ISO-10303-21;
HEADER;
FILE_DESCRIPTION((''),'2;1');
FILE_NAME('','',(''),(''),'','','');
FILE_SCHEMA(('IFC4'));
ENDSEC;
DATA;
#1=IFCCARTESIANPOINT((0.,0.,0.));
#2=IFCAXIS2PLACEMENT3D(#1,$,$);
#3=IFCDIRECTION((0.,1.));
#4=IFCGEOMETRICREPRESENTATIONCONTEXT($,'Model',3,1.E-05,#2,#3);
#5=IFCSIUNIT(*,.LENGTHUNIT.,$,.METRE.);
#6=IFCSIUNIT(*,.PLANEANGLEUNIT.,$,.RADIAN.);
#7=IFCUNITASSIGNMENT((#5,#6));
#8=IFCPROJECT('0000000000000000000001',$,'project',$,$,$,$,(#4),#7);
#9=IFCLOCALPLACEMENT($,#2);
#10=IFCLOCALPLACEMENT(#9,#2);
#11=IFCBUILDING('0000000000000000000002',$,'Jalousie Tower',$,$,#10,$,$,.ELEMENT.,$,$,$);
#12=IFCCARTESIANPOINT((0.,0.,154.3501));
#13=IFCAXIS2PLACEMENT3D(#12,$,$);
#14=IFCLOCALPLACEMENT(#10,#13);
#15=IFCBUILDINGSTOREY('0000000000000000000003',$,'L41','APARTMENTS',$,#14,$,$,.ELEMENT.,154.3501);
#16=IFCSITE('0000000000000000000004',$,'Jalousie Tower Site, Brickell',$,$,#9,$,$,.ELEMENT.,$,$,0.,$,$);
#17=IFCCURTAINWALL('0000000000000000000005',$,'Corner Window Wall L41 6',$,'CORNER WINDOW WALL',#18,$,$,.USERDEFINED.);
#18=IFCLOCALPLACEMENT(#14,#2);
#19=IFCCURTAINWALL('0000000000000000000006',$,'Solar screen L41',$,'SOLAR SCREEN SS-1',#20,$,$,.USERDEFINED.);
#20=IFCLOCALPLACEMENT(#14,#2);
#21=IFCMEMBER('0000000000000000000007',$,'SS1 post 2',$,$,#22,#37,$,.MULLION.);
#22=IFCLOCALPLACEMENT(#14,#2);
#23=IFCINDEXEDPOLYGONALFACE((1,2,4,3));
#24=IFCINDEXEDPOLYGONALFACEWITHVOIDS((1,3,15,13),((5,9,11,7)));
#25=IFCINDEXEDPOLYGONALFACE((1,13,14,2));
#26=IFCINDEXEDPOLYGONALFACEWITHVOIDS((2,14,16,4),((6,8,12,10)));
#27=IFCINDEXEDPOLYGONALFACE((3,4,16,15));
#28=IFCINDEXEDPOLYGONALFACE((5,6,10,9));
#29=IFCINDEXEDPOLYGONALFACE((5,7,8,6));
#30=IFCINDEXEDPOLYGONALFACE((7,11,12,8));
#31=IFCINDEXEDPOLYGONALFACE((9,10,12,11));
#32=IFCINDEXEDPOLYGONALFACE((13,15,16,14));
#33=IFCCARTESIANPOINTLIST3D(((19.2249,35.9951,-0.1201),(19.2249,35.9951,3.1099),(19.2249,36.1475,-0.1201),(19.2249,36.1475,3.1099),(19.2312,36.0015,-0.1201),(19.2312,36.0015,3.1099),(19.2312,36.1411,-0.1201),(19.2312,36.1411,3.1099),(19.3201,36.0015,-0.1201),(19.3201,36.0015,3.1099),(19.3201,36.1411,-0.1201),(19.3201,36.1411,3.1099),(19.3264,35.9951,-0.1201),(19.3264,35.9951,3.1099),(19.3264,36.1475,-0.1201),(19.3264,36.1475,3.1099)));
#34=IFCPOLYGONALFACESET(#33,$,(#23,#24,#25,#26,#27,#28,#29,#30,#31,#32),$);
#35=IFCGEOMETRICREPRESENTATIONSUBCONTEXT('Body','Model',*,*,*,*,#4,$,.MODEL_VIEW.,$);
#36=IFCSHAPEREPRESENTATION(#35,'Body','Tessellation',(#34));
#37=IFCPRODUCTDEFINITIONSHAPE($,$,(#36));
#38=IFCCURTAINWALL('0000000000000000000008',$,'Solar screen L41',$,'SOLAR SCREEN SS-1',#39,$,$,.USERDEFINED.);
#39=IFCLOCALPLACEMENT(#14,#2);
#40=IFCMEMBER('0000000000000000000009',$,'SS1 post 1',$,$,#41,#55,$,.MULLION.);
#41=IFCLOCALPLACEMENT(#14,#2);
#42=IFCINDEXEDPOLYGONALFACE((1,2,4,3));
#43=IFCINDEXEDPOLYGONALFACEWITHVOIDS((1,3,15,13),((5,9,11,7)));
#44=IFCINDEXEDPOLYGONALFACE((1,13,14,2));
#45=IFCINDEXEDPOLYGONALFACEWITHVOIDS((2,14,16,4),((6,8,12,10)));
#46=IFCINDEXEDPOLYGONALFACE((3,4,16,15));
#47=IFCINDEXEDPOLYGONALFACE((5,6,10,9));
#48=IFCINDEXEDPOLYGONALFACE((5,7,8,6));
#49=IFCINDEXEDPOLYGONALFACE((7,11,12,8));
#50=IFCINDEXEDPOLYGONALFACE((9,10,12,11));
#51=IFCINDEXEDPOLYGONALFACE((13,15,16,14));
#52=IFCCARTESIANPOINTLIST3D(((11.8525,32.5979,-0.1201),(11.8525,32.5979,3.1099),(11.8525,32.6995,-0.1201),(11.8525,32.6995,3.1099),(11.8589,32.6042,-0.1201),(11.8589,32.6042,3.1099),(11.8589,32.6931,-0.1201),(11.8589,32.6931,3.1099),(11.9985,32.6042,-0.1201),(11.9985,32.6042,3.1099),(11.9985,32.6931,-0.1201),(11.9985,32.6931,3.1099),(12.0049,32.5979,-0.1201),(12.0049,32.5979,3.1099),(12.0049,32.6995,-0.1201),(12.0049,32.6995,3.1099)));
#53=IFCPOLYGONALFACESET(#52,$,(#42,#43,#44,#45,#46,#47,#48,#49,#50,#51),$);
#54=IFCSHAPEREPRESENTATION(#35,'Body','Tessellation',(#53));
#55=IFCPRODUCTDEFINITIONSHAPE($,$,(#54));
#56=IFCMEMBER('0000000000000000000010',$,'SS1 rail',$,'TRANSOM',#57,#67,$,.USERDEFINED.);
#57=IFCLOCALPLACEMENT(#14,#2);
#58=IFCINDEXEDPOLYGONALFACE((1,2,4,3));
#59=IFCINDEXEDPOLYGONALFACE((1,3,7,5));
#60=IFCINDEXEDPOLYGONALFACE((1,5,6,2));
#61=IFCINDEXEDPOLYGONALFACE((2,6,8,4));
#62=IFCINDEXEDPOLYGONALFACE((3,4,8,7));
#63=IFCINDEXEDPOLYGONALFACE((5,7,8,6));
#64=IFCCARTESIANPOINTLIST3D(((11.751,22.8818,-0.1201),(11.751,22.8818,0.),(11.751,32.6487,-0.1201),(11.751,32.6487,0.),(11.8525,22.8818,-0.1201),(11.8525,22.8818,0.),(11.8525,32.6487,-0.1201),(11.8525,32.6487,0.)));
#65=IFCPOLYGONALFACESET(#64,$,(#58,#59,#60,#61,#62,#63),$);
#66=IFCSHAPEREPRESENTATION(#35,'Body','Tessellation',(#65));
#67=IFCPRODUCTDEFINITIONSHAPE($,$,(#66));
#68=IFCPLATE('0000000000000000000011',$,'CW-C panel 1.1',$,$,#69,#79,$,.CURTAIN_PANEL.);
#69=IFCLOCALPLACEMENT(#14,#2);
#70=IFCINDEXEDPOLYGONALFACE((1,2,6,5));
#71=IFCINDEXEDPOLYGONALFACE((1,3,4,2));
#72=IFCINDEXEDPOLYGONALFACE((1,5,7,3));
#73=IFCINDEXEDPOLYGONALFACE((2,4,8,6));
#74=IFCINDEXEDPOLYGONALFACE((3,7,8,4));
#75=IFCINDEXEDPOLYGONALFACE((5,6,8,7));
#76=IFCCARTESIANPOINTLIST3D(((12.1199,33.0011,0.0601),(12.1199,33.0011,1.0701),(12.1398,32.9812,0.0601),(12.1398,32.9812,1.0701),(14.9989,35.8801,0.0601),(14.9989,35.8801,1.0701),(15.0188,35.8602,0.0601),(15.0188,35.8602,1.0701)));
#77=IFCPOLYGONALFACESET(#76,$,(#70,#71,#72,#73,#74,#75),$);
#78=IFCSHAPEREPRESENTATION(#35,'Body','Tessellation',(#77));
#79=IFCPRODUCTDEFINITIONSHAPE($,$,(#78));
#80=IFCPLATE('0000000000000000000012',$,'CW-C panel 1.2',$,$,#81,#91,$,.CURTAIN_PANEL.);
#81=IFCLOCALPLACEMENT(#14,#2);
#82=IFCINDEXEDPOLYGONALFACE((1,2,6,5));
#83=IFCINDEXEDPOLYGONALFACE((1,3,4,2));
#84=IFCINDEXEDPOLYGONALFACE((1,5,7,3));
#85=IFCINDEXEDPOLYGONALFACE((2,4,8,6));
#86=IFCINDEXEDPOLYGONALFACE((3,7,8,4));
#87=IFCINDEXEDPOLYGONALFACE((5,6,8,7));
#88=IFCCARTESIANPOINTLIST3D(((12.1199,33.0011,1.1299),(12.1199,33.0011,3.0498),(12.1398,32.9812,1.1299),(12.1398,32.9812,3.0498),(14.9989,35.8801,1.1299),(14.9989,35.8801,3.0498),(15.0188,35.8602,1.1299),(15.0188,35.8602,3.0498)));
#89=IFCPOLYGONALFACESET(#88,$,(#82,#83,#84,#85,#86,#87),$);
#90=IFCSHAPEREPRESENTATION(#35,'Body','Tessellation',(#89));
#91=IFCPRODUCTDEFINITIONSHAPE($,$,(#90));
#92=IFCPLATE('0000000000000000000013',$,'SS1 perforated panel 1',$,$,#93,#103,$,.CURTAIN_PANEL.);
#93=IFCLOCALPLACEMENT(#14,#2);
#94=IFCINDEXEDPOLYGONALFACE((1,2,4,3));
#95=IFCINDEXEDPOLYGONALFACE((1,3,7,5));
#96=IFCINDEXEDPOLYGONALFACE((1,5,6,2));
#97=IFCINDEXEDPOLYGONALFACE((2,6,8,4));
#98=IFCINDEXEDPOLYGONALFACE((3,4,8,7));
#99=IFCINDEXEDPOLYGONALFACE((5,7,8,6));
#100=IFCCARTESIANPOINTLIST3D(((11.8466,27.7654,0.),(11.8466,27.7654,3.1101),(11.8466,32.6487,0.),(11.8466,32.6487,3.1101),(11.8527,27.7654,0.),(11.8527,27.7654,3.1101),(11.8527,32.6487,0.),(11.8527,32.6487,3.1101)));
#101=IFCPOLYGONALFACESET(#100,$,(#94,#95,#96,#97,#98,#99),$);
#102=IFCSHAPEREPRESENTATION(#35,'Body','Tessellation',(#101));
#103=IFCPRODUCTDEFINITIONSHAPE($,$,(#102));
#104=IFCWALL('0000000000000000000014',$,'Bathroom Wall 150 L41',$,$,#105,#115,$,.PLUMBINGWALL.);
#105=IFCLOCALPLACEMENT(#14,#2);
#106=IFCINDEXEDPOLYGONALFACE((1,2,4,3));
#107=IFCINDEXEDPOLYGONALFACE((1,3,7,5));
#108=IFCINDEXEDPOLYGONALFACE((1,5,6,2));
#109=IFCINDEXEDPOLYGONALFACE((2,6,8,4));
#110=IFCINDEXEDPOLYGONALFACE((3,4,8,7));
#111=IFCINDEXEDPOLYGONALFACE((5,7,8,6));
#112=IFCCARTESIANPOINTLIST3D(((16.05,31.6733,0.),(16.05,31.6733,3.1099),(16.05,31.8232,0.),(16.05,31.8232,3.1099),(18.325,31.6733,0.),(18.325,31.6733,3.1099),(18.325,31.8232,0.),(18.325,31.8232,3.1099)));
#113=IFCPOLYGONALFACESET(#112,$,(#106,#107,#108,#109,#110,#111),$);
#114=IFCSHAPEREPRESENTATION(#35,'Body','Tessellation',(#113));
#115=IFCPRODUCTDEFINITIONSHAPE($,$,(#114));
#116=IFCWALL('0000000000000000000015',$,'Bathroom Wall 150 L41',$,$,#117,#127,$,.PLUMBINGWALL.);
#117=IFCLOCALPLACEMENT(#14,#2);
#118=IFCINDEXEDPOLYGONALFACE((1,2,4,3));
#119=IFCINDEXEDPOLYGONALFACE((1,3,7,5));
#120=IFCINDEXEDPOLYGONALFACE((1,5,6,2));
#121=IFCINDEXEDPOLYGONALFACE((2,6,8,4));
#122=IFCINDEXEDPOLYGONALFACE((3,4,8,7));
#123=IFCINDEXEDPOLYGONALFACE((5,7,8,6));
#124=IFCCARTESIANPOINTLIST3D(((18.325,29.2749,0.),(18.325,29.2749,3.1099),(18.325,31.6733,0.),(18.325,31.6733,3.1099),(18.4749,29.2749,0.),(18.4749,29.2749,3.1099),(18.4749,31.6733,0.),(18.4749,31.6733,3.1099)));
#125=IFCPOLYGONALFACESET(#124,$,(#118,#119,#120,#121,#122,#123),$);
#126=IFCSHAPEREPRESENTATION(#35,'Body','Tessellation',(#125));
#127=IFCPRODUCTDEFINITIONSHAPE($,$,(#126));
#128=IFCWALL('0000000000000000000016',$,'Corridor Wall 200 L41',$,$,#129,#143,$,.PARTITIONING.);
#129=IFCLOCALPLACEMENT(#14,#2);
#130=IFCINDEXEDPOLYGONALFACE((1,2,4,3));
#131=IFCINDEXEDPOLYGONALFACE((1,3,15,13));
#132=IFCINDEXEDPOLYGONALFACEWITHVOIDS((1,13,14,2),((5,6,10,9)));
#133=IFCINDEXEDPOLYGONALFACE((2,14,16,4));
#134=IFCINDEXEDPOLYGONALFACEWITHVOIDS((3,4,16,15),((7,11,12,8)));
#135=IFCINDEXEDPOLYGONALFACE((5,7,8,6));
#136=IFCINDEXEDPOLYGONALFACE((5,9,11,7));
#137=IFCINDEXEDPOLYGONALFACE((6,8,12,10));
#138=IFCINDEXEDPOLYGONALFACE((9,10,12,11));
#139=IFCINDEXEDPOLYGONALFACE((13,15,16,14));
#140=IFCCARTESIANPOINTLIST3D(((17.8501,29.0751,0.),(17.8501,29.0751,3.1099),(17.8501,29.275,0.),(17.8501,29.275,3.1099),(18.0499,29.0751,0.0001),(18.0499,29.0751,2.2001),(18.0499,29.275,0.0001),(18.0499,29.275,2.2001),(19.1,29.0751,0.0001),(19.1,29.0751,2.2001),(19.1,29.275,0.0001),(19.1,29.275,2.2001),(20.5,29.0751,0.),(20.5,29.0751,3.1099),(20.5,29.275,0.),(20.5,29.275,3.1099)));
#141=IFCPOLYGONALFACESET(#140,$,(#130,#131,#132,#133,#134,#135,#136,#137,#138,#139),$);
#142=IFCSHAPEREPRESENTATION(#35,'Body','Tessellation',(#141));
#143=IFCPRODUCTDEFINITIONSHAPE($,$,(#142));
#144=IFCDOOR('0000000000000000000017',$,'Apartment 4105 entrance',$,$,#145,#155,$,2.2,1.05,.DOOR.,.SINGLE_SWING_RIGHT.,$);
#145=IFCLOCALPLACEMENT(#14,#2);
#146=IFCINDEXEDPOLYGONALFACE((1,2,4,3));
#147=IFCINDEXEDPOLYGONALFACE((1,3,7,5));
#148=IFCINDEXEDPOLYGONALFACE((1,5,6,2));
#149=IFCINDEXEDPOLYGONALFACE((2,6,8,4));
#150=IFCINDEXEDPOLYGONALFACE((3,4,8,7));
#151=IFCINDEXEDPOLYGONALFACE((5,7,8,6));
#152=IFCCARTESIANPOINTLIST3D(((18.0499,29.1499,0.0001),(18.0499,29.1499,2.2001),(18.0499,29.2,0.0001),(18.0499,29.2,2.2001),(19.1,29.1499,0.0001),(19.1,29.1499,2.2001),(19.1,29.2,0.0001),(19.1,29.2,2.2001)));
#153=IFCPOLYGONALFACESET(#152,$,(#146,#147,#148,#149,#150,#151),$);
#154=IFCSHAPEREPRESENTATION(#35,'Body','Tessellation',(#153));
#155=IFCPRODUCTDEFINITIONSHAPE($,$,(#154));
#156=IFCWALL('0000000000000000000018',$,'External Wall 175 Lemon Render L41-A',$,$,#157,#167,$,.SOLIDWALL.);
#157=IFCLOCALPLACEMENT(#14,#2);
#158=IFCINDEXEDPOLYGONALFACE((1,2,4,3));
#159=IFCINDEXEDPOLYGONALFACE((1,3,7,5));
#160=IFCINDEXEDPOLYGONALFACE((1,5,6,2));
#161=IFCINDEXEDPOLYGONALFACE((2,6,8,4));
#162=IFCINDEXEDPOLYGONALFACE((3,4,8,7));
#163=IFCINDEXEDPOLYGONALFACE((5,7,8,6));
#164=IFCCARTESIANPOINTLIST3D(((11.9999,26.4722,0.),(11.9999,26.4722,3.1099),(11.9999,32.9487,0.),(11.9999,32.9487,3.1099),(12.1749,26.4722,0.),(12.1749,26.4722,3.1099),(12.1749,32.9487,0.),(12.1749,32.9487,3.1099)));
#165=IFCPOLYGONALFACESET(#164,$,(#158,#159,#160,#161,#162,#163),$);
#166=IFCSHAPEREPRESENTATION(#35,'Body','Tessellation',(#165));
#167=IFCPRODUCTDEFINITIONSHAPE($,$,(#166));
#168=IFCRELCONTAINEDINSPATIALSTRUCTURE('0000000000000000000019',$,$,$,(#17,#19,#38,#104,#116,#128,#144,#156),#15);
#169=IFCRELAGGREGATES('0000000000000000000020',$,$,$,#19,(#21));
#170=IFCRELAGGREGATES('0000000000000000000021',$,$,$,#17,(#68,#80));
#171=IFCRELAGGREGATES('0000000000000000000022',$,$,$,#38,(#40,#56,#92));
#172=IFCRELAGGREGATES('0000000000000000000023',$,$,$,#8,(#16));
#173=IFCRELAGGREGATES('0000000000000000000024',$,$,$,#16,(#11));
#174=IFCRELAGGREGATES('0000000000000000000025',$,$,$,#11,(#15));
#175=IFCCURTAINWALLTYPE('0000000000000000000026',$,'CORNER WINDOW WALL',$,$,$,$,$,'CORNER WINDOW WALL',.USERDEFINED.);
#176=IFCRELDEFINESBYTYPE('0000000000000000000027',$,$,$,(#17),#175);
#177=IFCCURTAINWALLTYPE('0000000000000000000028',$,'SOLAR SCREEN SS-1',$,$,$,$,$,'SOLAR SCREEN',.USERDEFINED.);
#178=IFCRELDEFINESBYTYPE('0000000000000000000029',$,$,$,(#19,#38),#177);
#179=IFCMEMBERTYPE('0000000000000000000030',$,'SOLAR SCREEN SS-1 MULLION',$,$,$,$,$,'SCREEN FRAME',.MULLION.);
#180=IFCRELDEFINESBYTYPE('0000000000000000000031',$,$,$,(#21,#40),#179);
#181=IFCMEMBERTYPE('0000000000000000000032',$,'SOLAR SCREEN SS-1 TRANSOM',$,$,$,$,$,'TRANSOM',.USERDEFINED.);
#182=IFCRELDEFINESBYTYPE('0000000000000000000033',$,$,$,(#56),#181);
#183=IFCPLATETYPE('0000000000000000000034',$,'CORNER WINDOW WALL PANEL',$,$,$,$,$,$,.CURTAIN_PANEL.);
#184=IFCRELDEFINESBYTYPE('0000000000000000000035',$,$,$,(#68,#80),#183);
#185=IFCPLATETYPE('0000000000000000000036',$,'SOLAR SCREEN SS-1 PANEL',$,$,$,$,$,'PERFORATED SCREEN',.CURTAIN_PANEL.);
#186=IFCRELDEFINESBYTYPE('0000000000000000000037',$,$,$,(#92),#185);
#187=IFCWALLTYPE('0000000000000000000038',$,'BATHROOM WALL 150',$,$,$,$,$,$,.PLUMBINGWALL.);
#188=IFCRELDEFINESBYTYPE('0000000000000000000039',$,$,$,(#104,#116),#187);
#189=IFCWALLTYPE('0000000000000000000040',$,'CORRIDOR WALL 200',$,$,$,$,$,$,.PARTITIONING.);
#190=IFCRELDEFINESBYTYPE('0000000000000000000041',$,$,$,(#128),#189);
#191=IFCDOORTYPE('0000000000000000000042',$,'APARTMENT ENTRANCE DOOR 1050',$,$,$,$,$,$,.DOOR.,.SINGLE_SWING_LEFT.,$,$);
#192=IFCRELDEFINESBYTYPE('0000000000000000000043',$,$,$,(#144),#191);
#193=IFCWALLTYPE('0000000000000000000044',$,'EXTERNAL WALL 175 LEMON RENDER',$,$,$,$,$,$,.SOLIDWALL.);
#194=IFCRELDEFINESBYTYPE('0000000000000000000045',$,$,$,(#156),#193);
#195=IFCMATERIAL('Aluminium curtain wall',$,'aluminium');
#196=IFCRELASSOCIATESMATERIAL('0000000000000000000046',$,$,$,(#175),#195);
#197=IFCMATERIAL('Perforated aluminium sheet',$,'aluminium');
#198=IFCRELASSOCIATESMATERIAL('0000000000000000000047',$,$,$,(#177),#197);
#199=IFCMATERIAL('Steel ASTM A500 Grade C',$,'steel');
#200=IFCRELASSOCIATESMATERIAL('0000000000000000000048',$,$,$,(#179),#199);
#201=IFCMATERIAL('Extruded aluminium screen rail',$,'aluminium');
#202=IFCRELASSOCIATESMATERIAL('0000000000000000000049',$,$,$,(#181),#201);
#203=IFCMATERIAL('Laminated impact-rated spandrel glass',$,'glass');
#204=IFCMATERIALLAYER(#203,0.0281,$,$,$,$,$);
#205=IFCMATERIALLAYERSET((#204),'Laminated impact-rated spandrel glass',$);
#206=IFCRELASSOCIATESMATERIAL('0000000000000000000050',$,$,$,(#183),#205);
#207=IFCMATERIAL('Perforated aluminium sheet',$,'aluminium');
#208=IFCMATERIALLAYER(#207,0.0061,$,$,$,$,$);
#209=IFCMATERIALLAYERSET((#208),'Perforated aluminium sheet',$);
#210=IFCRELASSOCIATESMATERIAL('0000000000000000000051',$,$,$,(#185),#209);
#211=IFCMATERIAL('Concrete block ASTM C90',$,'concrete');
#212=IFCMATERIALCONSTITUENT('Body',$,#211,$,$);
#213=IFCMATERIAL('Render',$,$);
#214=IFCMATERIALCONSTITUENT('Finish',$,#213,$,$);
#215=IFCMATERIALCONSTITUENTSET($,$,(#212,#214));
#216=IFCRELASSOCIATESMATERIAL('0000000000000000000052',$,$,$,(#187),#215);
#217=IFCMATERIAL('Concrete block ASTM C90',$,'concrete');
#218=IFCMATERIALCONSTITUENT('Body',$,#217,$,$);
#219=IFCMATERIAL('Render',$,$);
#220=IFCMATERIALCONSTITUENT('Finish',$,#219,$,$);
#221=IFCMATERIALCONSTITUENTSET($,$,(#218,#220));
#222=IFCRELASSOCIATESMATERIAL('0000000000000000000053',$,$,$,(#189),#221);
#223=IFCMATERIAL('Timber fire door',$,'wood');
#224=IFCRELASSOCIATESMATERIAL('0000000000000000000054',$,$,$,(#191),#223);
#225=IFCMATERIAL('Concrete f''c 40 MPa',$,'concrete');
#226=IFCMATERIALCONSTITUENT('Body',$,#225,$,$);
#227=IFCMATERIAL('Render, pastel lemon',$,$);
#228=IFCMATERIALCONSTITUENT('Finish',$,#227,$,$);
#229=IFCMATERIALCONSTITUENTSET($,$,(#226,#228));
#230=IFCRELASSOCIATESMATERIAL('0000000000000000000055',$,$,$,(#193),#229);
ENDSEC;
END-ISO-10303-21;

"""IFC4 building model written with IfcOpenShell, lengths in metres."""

from ifc_helpers import new_model, si_unit, direction, frame, frame_2d, origin, origin_2d, place, context, subcontext, project, spatial, rectangle, hollow_rectangle, extrude, material, layer, layer_set, constituent, constituent_set, material_profile, profile_set, type_object, element, fill, aggregate, save


model = new_model("IFC4")

# Units and contexts
model_context = context("Model", 3, precision=1e-05, world=origin(), true_north=direction((0.0, 1.0)))
body_context = subcontext(model_context, "Body", "Model", "MODEL_VIEW")
ifc_project = project(units=[si_unit("LENGTHUNIT", "METRE"), si_unit("PLANEANGLEUNIT", "RADIAN")], contexts=[model_context])

# Site, building, storey
site_placement = place(None, origin())
site = spatial("IfcSite", under=ifc_project, at=site_placement, Name="Jalousie Tower Site, Brickell", CompositionType="ELEMENT", RefElevation=0.0)
building_placement = place(site_placement, origin())
building = spatial("IfcBuilding", under=site, at=building_placement, Name="Jalousie Tower", CompositionType="ELEMENT")
storey_placement = place(building_placement, frame((0.0, 0.0, 154.3501)))
storey = spatial("IfcBuildingStorey", under=building, at=storey_placement, Name="L41", Description="APARTMENTS", CompositionType="ELEMENT", Elevation=154.3501)

# Curtain wall
ifc_material_1 = material(Name="Aluminium curtain wall", Category="aluminium")
curtain_wall_type_1 = type_object("IfcCurtainWallType", Name="CORNER WINDOW WALL", ElementType="CORNER WINDOW WALL", PredefinedType="USERDEFINED", material=ifc_material_1)
curtain_wall_1_placement = place(storey_placement, origin())
curtain_wall_1 = element("IfcCurtainWall", 1, at=curtain_wall_1_placement, inside=storey, type_object=curtain_wall_type_1, Name="Corner Window Wall L41 6", ObjectType="CORNER WINDOW WALL", PredefinedType="USERDEFINED")

# Curtain wall, member
ifc_material_2 = material(Name="Perforated aluminium sheet", Category="aluminium")
curtain_wall_type_2 = type_object("IfcCurtainWallType", Name="SOLAR SCREEN SS-1", ElementType="SOLAR SCREEN", PredefinedType="USERDEFINED", material=ifc_material_2)
curtain_wall_2_placement = place(storey_placement, origin())
curtain_wall_2 = element("IfcCurtainWall", 2, at=curtain_wall_2_placement, inside=storey, type_object=curtain_wall_type_2, Name="Solar screen L41", ObjectType="SOLAR SCREEN SS-1", PredefinedType="USERDEFINED")
ifc_material_3 = material(Name="Steel ASTM A500 Grade C", Category="steel")
ifc_material_profile_1 = material_profile(ifc_material_3, hollow_rectangle(XDim=0.1016, YDim=0.1523, WallThickness=0.0063, at=origin_2d()), Name="HSS6X4X1/4")
ifc_profile_set_1 = profile_set([ifc_material_profile_1], Name="Steel ASTM A500 Grade C")
member_type_1 = type_object("IfcMemberType", Name="SOLAR SCREEN SS-1 MULLION", ElementType="SCREEN FRAME", PredefinedType="MULLION", material=ifc_profile_set_1)
member_1_placement = place(storey_placement, frame((19.2756, 36.0713, -0.1201), z_axis=(0.0, 0.0, 1.0), x_axis=(-1.0, 0.0, 0.0)))
member_1 = element("IfcMember", 3, at=member_1_placement, type_object=member_type_1, Name="SS1 post 2", PredefinedType="MULLION", context=body_context, shape_type="SweptSolid", body=[
    extrude(hollow_rectangle(XDim=0.1016, YDim=0.1523, WallThickness=0.0063, at=origin_2d()), origin(), (0.0, 0.0, 1.0), 3.23),
])
aggregate(curtain_wall_2, [member_1])

# Curtain wall, members
curtain_wall_3_placement = place(storey_placement, origin())
curtain_wall_3 = element("IfcCurtainWall", 4, at=curtain_wall_3_placement, inside=storey, type_object=curtain_wall_type_2, Name="Solar screen L41", ObjectType="SOLAR SCREEN SS-1", PredefinedType="USERDEFINED")
member_2_placement = place(storey_placement, frame((11.9287, 32.6487, -0.1201), z_axis=(0.0, 0.0, 1.0), x_axis=(0.0, -1.0, 0.0)))
member_2 = element("IfcMember", 5, at=member_2_placement, type_object=member_type_1, Name="SS1 post 1", PredefinedType="MULLION", context=body_context, shape_type="SweptSolid", body=[
    extrude(hollow_rectangle(XDim=0.1016, YDim=0.1523, WallThickness=0.0063, at=origin_2d()), origin(), (0.0, 0.0, 1.0), 3.23),
])
ifc_material_4 = material(Name="Extruded aluminium screen rail", Category="aluminium")
ifc_material_profile_2 = material_profile(ifc_material_4, rectangle(XDim=0.1016, YDim=0.1201, at=origin_2d()), Name="RAIL 102x120")
ifc_profile_set_2 = profile_set([ifc_material_profile_2], Name="Extruded aluminium screen rail")
member_type_2 = type_object("IfcMemberType", Name="SOLAR SCREEN SS-1 TRANSOM", ElementType="TRANSOM", PredefinedType="USERDEFINED", material=ifc_profile_set_2)
member_3_placement = place(storey_placement, frame((11.8018, 32.6487, -0.0601), z_axis=(0.0, -1.0, 0.0), x_axis=(1.0, 0.0, 0.0)))
member_3 = element("IfcMember", 6, at=member_3_placement, type_object=member_type_2, Name="SS1 rail", ObjectType="TRANSOM", PredefinedType="USERDEFINED", context=body_context, shape_type="SweptSolid", body=[
    extrude(rectangle(XDim=0.1016, YDim=0.1201, at=origin_2d()), origin(), (0.0, 0.0, 1.0), 9.7668),
])

# Plates
ifc_material_5 = material(Name="Laminated impact-rated spandrel glass", Category="glass")
ifc_layer_1 = layer(ifc_material_5, 0.0281)
ifc_layer_set_1 = layer_set([ifc_layer_1], Name="Laminated impact-rated spandrel glass")
plate_type_1 = type_object("IfcPlateType", Name="CORNER WINDOW WALL PANEL", PredefinedType="CURTAIN_PANEL", material=ifc_layer_set_1)
plate_1_placement = place(storey_placement, frame((13.5693, 34.4307, 0.0601), z_axis=(0.0, 0.0, 1.0), x_axis=(-0.707107, -0.707107, 0.0)))
plate_1 = element("IfcPlate", 7, at=plate_1_placement, type_object=plate_type_1, Name="CW-C panel 1.1", PredefinedType="CURTAIN_PANEL", context=body_context, shape_type="SweptSolid", body=[
    extrude(rectangle(XDim=4.0715, YDim=0.0281, at=origin_2d()), origin(), (0.0, 0.0, 1.0), 1.01),
])
plate_2_placement = place(storey_placement, frame((13.5693, 34.4307, 1.1299), z_axis=(0.0, 0.0, 1.0), x_axis=(-0.707107, -0.707107, 0.0)))
plate_2 = element("IfcPlate", 8, at=plate_2_placement, type_object=plate_type_1, Name="CW-C panel 1.2", PredefinedType="CURTAIN_PANEL", context=body_context, shape_type="SweptSolid", body=[
    extrude(rectangle(XDim=4.0715, YDim=0.0281, at=origin_2d()), origin(), (0.0, 0.0, 1.0), 1.9199),
])
aggregate(curtain_wall_1, [plate_1, plate_2])
ifc_material_6 = material(Name="Perforated aluminium sheet", Category="aluminium")
ifc_layer_2 = layer(ifc_material_6, 0.0061)
ifc_layer_set_2 = layer_set([ifc_layer_2], Name="Perforated aluminium sheet")
plate_type_2 = type_object("IfcPlateType", Name="SOLAR SCREEN SS-1 PANEL", ElementType="PERFORATED SCREEN", PredefinedType="CURTAIN_PANEL", material=ifc_layer_set_2)
plate_3_placement = place(storey_placement, frame((11.8496, 30.207, 0.0), z_axis=(0.0, 0.0, 1.0), x_axis=(0.0, -1.0, 0.0)))
plate_3 = element("IfcPlate", 9, at=plate_3_placement, type_object=plate_type_2, Name="SS1 perforated panel 1", PredefinedType="CURTAIN_PANEL", context=body_context, shape_type="SweptSolid", body=[
    extrude(rectangle(XDim=4.8833, YDim=0.0061, at=origin_2d()), origin(), (0.0, 0.0, 1.0), 3.1101),
])
aggregate(curtain_wall_3, [member_2, member_3, plate_3])

# Walls
ifc_material_7 = material(Name="Concrete block ASTM C90", Category="concrete")
ifc_constituent_1 = constituent(ifc_material_7, Name="Body")
ifc_material_8 = material(Name="Render")
ifc_constituent_2 = constituent(ifc_material_8, Name="Finish")
ifc_constituent_set_1 = constituent_set(constituents=[ifc_constituent_1, ifc_constituent_2])
wall_type_1 = type_object("IfcWallType", Name="BATHROOM WALL 150", PredefinedType="PLUMBINGWALL", material=ifc_constituent_set_1)
wall_1_placement = place(storey_placement, frame((18.325, 31.7483, 0.0), z_axis=(0.0, 0.0, 1.0), x_axis=(-1.0, 0.0, 0.0)))
element("IfcWall", 10, at=wall_1_placement, inside=storey, type_object=wall_type_1, Name="Bathroom Wall 150 L41", PredefinedType="PLUMBINGWALL", context=body_context, shape_type="SweptSolid", body=[
    extrude(rectangle(XDim=2.2749, YDim=0.1499, at=frame_2d((1.1375, 0.0))), origin(), (0.0, 0.0, 1.0), 3.1099),
])
wall_2_placement = place(storey_placement, frame((18.3999, 31.6733, 0.0), z_axis=(0.0, 0.0, 1.0), x_axis=(0.0, -1.0, 0.0)))
element("IfcWall", 11, at=wall_2_placement, inside=storey, type_object=wall_type_1, Name="Bathroom Wall 150 L41", PredefinedType="PLUMBINGWALL", context=body_context, shape_type="SweptSolid", body=[
    extrude(rectangle(XDim=2.3984, YDim=0.1499, at=frame_2d((1.1992, 0.0))), origin(), (0.0, 0.0, 1.0), 3.1099),
])

# Wall, opening, door
ifc_material_9 = material(Name="Concrete block ASTM C90", Category="concrete")
ifc_constituent_3 = constituent(ifc_material_9, Name="Body")
ifc_material_10 = material(Name="Render")
ifc_constituent_4 = constituent(ifc_material_10, Name="Finish")
ifc_constituent_set_2 = constituent_set(constituents=[ifc_constituent_3, ifc_constituent_4])
wall_type_2 = type_object("IfcWallType", Name="CORRIDOR WALL 200", PredefinedType="PARTITIONING", material=ifc_constituent_set_2)
wall_3_placement = place(storey_placement, frame((17.8501, 29.175, 0.0), z_axis=(0.0, 0.0, 1.0), x_axis=(1.0, 0.0, 0.0)))
wall_3 = element("IfcWall", 12, at=wall_3_placement, inside=storey, type_object=wall_type_2, Name="Corridor Wall 200 L41", PredefinedType="PARTITIONING", context=body_context, shape_type="SweptSolid", body=[
    extrude(rectangle(XDim=2.6499, YDim=0.2, at=frame_2d((1.325, 0.0))), origin(), (0.0, 0.0, 1.0), 3.1099),
])
opening_1_placement = place(wall_3_placement, frame((0.2, 0.0, 0.0)))
opening_1 = element("IfcOpeningElement", 13, at=opening_1_placement, cuts=wall_3, PredefinedType="OPENING", context=body_context, shape_type="SweptSolid", body=[
    extrude(rectangle(XDim=1.05, YDim=2.2, at=frame_2d((0.5249, 1.1001))), frame((0.0, 0.1099, 0.0), z_axis=(0.0, -1.0, 0.0), x_axis=(1.0, 0.0, 0.0)), (0.0, 0.0, 1.0), 0.22),
])
ifc_material_11 = material(Name="Timber fire door", Category="wood")
door_type_1 = type_object("IfcDoorType", Name="APARTMENT ENTRANCE DOOR 1050", OperationType="SINGLE_SWING_LEFT", PredefinedType="DOOR", material=ifc_material_11)
door_1_placement = place(opening_1_placement, origin())
door_1 = element("IfcDoor", 14, at=door_1_placement, inside=storey, type_object=door_type_1, Name="Apartment 4105 entrance", OperationType="SINGLE_SWING_RIGHT", OverallHeight=2.2, OverallWidth=1.05, PredefinedType="DOOR", context=body_context, shape_type="SweptSolid", body=[
    extrude(rectangle(XDim=1.05, YDim=2.2, at=frame_2d((0.5249, 1.1001))), frame((0.0, 0.0249, 0.0), z_axis=(0.0, -1.0, 0.0), x_axis=(1.0, 0.0, 0.0)), (0.0, 0.0, 1.0), 0.05),
])
fill(opening_1, door_1)

# Wall
ifc_material_12 = material(Name="Concrete f'c 40 MPa", Category="concrete")
ifc_constituent_5 = constituent(ifc_material_12, Name="Body")
ifc_material_13 = material(Name="Render, pastel lemon")
ifc_constituent_6 = constituent(ifc_material_13, Name="Finish")
ifc_constituent_set_3 = constituent_set(constituents=[ifc_constituent_5, ifc_constituent_6])
wall_type_3 = type_object("IfcWallType", Name="EXTERNAL WALL 175 LEMON RENDER", PredefinedType="SOLIDWALL", material=ifc_constituent_set_3)
wall_4_placement = place(storey_placement, frame((12.0874, 32.9487, 0.0), z_axis=(0.0, 0.0, 1.0), x_axis=(0.0, -1.0, 0.0)))
element("IfcWall", 15, at=wall_4_placement, inside=storey, type_object=wall_type_3, Name="External Wall 175 Lemon Render L41-A", PredefinedType="SOLIDWALL", context=body_context, shape_type="SweptSolid", body=[
    extrude(rectangle(XDim=6.4766, YDim=0.175, at=frame_2d((3.2383, 0.0))), origin(), (0.0, 0.0, 1.0), 3.1099),
])

save(model, "model.ifc")
